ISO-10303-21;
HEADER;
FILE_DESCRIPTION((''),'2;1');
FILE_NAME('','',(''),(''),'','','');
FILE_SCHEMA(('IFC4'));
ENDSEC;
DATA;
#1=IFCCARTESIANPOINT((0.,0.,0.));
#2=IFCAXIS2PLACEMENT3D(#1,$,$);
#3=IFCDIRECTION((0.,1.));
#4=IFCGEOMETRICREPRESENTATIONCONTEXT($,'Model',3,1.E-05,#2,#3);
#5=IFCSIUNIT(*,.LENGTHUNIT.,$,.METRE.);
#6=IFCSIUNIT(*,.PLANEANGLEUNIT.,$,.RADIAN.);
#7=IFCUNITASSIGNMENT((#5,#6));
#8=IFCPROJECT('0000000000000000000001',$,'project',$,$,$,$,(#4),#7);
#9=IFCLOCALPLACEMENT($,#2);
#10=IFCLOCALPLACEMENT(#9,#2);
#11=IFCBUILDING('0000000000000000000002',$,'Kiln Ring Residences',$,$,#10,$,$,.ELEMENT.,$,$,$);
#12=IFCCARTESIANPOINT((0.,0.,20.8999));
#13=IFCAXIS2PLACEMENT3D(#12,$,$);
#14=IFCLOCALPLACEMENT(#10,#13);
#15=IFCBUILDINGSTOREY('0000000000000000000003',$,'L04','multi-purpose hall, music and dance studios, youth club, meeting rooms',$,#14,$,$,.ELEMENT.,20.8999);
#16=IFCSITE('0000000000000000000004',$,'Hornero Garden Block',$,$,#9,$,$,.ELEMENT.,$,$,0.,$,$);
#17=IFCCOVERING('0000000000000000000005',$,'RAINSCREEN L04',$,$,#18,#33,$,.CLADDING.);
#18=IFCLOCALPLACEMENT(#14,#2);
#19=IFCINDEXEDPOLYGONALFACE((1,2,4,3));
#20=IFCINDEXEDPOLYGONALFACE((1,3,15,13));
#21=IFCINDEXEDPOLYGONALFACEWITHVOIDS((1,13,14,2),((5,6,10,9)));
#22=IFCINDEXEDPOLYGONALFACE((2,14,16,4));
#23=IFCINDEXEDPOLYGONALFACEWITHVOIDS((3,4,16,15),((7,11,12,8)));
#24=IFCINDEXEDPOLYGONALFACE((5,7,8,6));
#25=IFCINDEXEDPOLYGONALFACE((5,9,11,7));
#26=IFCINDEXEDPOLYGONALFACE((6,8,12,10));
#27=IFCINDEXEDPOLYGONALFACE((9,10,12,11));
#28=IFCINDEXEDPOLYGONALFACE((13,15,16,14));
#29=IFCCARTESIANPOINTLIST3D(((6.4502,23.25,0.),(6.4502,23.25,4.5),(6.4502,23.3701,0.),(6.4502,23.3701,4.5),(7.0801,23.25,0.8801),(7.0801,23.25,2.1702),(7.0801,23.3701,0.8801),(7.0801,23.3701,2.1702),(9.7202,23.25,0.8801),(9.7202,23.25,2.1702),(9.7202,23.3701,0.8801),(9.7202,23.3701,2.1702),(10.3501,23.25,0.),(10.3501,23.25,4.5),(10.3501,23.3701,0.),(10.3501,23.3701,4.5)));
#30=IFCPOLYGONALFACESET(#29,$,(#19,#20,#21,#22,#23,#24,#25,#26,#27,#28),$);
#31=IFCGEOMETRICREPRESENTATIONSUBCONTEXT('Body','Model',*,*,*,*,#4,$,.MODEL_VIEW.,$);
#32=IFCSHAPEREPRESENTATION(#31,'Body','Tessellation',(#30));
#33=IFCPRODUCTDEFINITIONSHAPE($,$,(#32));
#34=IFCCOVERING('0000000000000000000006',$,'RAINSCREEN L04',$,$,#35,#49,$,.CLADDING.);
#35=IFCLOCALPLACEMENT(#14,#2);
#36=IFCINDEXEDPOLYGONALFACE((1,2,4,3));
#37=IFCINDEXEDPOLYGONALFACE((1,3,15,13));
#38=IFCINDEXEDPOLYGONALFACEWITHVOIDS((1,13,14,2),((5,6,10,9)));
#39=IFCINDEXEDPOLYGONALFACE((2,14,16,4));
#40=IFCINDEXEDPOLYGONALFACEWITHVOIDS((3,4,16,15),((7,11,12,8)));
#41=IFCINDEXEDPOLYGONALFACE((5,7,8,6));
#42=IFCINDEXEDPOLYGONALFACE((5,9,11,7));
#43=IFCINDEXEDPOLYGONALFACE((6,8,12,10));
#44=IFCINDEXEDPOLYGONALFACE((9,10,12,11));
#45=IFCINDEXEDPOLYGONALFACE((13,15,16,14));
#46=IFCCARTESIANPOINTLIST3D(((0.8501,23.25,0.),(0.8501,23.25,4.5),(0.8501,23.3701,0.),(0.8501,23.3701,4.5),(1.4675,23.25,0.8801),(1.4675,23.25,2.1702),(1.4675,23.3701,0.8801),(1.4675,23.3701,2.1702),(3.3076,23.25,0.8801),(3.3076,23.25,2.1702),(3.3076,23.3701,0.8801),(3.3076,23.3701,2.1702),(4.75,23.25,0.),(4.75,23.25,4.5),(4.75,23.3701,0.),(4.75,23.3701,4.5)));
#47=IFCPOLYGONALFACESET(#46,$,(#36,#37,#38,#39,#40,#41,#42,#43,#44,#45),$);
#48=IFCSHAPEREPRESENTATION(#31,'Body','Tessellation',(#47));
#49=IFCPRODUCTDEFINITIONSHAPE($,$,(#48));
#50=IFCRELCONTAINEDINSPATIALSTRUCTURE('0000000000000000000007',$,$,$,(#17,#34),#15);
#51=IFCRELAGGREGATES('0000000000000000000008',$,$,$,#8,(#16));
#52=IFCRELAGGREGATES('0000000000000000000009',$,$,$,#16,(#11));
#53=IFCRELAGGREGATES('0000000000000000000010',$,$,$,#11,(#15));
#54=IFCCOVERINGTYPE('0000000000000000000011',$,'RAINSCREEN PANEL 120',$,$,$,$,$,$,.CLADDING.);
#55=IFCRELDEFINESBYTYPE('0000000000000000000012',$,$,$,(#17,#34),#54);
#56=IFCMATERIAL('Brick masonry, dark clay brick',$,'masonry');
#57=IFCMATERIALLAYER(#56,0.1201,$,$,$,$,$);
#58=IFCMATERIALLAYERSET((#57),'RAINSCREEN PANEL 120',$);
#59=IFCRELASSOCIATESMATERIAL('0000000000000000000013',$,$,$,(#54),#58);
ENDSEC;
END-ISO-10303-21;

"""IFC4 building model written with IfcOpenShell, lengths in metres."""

from ifc_helpers import new_model, si_unit, direction, frame, origin, place, context, subcontext, project, spatial, polyline, outline, extrude, material, layer, layer_set, type_object, element, save


model = new_model("IFC4")

# Units and contexts
model_context = context("Model", 3, precision=1e-05, world=origin(), true_north=direction((0.0, 1.0)))
body_context = subcontext(model_context, "Body", "Model", "MODEL_VIEW")
ifc_project = project(units=[si_unit("LENGTHUNIT", "METRE"), si_unit("PLANEANGLEUNIT", "RADIAN")], contexts=[model_context])

# Site, building, storey
site_placement = place(None, origin())
site = spatial("IfcSite", under=ifc_project, at=site_placement, Name="Hornero Garden Block", CompositionType="ELEMENT", RefElevation=0.0)
building_placement = place(site_placement, origin())
building = spatial("IfcBuilding", under=site, at=building_placement, Name="Kiln Ring Residences", CompositionType="ELEMENT")
storey_placement = place(building_placement, frame((0.0, 0.0, 20.8999)))
storey = spatial("IfcBuildingStorey", under=building, at=storey_placement, Name="L04", Description="multi-purpose hall, music and dance studios, youth club, meeting rooms", CompositionType="ELEMENT", Elevation=20.8999)

# Coverings
ifc_material_1 = material(Name="Brick masonry, dark clay brick", Category="masonry")
ifc_layer_1 = layer(ifc_material_1, 0.1201)
ifc_layer_set_1 = layer_set([ifc_layer_1], Name="RAINSCREEN PANEL 120")
covering_type = type_object("IfcCoveringType", Name="RAINSCREEN PANEL 120", PredefinedType="CLADDING", material=ifc_layer_set_1)
covering_1_placement = place(storey_placement, frame((10.3501, 23.3101, 0.0), z_axis=(0.0, 0.0, 1.0), x_axis=(-1.0, 0.0, 0.0)))
element("IfcCovering", 1, at=covering_1_placement, inside=storey, type_object=covering_type, Name="RAINSCREEN L04", PredefinedType="CLADDING", context=body_context, shape_type="SweptSolid", body=[
    extrude(outline(polyline([(0.0, 0.0), (3.8999, 0.0), (3.8999, 4.5), (0.0, 4.5), (0.0, 0.0)]), holes=[polyline([(0.6299, 2.1702), (0.6299, 0.8801), (3.27, 0.8801), (3.27, 2.1702), (0.6299, 2.1702)])]), frame((0.0, 0.0601, 0.0), z_axis=(0.0, -1.0, 0.0), x_axis=(1.0, 0.0, 0.0)), (0.0, 0.0, 1.0), 0.1201),
])
covering_2_placement = place(storey_placement, frame((4.75, 23.3101, 0.0), z_axis=(0.0, 0.0, 1.0), x_axis=(-1.0, 0.0, 0.0)))
element("IfcCovering", 2, at=covering_2_placement, inside=storey, type_object=covering_type, Name="RAINSCREEN L04", PredefinedType="CLADDING", context=body_context, shape_type="SweptSolid", body=[
    extrude(outline(polyline([(0.0, 0.0), (3.8999, 0.0), (3.8999, 4.5), (0.0, 4.5), (0.0, 0.0)]), holes=[polyline([(1.4424, 2.1702), (1.4424, 0.8801), (3.2825, 0.8801), (3.2825, 2.1702), (1.4424, 2.1702)])]), frame((0.0, 0.0601, 0.0), z_axis=(0.0, -1.0, 0.0), x_axis=(1.0, 0.0, 0.0)), (0.0, 0.0, 1.0), 0.1201),
])

save(model, "model.ifc")
